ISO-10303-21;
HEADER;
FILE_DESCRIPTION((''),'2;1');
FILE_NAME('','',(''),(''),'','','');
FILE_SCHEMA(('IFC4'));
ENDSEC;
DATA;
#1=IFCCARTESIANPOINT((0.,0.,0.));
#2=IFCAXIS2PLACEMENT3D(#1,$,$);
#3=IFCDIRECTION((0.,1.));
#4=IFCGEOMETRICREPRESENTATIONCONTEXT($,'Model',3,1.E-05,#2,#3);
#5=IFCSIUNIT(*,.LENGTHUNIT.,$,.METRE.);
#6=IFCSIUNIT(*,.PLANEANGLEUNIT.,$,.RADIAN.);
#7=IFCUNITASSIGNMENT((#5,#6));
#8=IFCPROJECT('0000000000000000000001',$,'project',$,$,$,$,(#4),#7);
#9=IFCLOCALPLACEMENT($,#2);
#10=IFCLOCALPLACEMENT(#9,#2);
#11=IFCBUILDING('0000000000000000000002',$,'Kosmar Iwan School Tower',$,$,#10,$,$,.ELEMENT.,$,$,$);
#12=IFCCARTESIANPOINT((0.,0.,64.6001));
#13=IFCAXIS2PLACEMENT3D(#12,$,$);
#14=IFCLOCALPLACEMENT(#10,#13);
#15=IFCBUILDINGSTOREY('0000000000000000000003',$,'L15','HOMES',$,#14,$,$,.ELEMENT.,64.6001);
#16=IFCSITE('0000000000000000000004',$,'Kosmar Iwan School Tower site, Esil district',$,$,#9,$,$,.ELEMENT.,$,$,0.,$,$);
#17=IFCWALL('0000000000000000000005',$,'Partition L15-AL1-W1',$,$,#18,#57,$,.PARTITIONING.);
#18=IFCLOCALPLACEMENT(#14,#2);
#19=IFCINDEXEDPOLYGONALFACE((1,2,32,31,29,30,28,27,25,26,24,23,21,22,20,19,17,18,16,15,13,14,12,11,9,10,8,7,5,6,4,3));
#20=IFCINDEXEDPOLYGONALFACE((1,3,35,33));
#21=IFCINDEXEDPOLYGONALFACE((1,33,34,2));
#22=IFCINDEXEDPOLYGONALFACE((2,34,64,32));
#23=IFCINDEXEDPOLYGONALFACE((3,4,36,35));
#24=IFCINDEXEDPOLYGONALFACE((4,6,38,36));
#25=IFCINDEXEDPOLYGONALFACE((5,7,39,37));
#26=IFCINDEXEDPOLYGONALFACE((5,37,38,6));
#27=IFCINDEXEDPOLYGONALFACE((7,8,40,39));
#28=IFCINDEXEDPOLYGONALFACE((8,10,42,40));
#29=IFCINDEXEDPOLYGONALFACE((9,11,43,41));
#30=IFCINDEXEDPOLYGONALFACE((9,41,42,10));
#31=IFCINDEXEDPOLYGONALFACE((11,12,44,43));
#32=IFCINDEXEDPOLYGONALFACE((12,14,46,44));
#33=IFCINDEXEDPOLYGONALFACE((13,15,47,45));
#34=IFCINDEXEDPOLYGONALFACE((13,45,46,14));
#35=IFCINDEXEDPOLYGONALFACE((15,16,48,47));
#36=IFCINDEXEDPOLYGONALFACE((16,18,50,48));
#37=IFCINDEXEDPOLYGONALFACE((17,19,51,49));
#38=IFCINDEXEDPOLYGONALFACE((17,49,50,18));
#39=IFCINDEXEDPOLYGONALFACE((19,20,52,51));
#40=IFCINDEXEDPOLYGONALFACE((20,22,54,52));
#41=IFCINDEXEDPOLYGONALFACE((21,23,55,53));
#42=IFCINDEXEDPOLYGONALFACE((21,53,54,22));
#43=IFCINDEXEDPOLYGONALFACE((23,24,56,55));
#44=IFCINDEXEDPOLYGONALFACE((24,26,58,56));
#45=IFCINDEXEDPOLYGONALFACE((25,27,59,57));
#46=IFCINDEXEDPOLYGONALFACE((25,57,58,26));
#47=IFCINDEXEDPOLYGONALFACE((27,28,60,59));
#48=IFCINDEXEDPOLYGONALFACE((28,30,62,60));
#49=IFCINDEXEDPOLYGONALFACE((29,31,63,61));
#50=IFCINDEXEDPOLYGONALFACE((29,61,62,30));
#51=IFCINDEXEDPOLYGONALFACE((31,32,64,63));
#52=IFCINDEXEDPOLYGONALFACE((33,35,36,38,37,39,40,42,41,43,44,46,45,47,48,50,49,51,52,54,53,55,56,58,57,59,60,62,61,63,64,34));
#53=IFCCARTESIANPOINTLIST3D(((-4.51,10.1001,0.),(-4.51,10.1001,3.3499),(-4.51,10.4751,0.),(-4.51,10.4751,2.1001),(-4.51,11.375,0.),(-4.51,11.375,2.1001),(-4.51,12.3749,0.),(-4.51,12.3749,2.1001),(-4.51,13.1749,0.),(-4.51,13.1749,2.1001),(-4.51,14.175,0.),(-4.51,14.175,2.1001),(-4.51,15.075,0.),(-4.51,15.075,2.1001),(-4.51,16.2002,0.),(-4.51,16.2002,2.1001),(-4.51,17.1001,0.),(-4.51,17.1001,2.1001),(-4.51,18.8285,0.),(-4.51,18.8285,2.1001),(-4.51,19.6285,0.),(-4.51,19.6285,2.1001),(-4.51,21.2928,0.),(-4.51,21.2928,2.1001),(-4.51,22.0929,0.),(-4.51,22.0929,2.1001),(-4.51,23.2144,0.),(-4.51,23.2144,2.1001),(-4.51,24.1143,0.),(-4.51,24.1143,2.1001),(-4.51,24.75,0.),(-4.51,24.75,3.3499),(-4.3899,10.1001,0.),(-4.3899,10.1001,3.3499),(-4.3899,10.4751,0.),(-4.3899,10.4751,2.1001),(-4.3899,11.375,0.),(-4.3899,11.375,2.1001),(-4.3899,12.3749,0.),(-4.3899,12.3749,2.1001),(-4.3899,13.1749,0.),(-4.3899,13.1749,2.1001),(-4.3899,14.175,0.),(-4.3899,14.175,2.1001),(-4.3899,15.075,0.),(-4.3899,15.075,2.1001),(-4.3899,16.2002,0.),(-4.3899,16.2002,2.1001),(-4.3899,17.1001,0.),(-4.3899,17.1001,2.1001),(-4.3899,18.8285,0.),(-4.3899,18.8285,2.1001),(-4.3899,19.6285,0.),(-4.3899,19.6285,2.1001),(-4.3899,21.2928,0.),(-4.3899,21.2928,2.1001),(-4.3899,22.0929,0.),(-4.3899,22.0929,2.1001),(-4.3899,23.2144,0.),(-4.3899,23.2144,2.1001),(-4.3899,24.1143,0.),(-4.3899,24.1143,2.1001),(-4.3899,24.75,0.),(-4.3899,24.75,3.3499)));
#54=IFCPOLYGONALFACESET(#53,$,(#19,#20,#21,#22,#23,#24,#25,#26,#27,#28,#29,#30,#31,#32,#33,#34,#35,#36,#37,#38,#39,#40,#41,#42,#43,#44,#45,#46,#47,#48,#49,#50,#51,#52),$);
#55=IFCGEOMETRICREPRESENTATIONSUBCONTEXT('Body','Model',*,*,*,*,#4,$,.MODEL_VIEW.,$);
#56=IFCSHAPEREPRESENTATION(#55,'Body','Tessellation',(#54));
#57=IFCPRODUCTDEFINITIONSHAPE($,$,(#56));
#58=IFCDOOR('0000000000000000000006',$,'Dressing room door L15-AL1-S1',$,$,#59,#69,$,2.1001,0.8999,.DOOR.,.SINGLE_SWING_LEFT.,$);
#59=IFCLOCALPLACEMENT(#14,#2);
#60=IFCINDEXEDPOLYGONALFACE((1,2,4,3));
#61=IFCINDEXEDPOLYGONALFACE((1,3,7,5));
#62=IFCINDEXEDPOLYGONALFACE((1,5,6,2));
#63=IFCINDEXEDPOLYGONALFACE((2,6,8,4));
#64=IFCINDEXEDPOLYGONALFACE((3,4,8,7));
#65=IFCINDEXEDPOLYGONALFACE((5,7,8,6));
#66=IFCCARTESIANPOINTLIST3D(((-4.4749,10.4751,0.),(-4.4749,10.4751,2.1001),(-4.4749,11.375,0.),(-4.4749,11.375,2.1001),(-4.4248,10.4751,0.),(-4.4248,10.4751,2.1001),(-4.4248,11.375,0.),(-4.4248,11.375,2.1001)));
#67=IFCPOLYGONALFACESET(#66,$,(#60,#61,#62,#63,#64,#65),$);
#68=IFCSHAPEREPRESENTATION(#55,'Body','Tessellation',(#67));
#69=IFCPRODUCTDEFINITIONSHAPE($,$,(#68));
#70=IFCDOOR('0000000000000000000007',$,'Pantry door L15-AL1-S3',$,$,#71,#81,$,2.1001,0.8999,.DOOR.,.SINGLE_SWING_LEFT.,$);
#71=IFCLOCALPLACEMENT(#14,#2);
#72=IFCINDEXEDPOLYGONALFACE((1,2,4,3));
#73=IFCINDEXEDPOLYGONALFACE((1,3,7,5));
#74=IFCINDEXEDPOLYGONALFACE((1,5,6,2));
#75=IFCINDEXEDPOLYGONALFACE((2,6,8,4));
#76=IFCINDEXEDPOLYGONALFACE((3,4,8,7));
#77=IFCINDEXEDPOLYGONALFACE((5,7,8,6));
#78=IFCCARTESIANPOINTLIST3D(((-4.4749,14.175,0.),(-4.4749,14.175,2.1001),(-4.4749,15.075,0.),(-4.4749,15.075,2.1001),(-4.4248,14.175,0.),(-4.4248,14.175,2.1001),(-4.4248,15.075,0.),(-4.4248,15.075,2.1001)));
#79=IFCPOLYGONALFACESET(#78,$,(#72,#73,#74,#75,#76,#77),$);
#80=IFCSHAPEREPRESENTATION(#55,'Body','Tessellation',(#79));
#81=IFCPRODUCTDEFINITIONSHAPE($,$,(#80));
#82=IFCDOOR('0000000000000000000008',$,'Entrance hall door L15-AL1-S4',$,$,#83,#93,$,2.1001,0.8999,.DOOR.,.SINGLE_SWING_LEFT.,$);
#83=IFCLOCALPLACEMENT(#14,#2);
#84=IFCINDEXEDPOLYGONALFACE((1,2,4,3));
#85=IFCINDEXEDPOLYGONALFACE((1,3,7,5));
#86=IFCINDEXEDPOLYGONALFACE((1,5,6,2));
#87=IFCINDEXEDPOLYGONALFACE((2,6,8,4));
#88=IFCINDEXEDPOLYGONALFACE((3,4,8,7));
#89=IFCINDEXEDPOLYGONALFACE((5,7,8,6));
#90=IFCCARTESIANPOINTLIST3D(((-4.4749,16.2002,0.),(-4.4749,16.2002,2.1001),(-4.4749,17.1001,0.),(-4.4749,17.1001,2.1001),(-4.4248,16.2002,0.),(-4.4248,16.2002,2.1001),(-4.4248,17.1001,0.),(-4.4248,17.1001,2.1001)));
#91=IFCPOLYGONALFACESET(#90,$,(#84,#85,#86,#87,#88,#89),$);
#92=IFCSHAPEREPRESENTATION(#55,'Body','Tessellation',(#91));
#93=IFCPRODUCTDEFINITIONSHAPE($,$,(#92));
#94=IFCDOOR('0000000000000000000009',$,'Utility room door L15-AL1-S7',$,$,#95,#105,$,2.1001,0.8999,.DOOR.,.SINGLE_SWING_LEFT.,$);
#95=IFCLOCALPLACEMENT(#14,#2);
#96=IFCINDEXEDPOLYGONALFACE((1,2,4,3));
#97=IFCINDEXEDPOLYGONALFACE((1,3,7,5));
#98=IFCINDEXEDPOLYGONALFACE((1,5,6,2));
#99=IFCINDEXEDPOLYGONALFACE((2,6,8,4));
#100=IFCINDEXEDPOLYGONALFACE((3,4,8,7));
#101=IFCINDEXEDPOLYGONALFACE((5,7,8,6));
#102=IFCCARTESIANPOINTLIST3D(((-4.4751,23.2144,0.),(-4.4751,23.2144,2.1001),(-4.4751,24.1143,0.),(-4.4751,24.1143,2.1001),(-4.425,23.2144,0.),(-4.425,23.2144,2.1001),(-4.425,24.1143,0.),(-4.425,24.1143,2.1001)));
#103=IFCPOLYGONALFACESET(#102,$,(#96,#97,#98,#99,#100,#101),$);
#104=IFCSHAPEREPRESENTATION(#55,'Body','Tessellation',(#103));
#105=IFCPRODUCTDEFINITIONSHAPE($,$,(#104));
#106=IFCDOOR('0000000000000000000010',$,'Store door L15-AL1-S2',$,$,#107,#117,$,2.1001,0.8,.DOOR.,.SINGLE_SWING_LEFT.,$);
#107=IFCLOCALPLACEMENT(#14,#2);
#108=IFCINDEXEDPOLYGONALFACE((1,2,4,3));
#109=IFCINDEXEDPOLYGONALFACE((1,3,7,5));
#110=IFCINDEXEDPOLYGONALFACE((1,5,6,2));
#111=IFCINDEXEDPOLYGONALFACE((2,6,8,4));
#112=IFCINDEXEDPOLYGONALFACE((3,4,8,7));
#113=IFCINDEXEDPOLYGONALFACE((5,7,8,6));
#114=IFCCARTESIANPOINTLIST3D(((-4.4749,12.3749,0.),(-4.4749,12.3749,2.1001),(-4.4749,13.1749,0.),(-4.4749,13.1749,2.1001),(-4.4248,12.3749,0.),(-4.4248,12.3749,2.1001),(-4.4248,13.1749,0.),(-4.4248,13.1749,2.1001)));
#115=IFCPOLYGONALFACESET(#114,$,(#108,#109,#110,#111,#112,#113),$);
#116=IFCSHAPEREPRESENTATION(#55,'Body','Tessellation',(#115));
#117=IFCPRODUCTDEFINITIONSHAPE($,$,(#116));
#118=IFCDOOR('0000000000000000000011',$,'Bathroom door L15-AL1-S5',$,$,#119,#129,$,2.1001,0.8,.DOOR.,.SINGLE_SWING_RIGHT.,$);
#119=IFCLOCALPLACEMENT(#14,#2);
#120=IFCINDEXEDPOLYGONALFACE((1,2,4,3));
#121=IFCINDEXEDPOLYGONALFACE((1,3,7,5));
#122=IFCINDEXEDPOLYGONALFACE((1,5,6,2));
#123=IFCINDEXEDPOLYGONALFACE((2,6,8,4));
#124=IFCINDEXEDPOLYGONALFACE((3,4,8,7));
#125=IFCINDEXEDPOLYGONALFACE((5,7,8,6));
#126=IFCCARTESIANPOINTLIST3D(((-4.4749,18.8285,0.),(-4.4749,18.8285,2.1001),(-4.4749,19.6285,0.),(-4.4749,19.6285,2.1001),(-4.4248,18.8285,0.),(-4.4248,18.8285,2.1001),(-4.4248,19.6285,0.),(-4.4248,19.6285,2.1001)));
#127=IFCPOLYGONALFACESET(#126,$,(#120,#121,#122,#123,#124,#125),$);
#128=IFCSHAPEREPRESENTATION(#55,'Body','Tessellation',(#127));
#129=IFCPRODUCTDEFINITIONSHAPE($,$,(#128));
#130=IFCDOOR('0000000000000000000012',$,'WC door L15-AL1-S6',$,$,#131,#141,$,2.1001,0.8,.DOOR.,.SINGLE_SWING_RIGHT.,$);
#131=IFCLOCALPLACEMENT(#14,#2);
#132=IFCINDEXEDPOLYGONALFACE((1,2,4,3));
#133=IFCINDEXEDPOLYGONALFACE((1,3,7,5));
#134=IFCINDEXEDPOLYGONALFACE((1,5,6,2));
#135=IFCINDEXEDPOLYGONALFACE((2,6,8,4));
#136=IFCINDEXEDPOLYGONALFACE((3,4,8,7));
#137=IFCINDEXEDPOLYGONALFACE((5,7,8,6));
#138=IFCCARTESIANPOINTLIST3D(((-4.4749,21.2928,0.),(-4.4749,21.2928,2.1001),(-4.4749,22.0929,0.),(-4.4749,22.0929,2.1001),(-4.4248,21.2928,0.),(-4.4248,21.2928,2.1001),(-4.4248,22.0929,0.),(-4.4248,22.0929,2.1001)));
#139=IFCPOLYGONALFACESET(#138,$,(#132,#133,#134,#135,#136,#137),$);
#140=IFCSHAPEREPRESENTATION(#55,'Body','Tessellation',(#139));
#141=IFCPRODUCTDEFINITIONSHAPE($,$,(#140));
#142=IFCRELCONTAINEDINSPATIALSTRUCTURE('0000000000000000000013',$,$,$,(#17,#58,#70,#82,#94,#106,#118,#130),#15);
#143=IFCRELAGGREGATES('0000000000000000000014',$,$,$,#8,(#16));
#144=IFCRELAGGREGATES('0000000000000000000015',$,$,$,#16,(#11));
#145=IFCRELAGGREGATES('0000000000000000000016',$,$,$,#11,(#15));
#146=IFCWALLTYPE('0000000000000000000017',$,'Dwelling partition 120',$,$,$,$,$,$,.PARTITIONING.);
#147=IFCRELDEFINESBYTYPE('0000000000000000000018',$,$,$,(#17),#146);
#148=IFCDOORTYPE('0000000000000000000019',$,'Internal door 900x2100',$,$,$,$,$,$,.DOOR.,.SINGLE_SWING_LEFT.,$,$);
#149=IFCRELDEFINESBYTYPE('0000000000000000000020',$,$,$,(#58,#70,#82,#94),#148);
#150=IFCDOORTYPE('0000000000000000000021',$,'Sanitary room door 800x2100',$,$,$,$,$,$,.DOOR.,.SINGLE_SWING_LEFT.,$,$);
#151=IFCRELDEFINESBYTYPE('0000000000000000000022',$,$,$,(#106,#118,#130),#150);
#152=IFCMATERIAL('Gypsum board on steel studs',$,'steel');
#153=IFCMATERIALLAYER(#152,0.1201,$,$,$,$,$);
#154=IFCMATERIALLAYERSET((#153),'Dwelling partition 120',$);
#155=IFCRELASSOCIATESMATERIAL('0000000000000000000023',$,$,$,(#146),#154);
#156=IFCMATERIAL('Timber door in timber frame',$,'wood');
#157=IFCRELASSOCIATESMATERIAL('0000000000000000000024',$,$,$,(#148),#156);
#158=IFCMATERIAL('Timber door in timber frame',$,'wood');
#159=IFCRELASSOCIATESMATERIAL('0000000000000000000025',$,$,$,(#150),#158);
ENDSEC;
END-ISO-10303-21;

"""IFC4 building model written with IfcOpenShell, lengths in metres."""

from ifc_helpers import new_model, si_unit, direction, frame, frame_2d, origin, place, context, subcontext, project, spatial, rectangle, extrude, material, layer, layer_set, type_object, element, fill, save


model = new_model("IFC4")

# Units and contexts
model_context = context("Model", 3, precision=1e-05, world=origin(), true_north=direction((0.0, 1.0)))
body_context = subcontext(model_context, "Body", "Model", "MODEL_VIEW")
ifc_project = project(units=[si_unit("LENGTHUNIT", "METRE"), si_unit("PLANEANGLEUNIT", "RADIAN")], contexts=[model_context])

# Site, building, storey
site_placement = place(None, origin())
site = spatial("IfcSite", under=ifc_project, at=site_placement, Name="Kosmar Iwan School Tower site, Esil district", CompositionType="ELEMENT", RefElevation=0.0)
building_placement = place(site_placement, origin())
building = spatial("IfcBuilding", under=site, at=building_placement, Name="Kosmar Iwan School Tower", CompositionType="ELEMENT")
storey_placement = place(building_placement, frame((0.0, 0.0, 64.6001)))
storey = spatial("IfcBuildingStorey", under=building, at=storey_placement, Name="L15", Description="HOMES", CompositionType="ELEMENT", Elevation=64.6001)

# Wall, openings, doors
ifc_material_1 = material(Name="Gypsum board on steel studs", Category="steel")
ifc_layer_1 = layer(ifc_material_1, 0.1201)
ifc_layer_set_1 = layer_set([ifc_layer_1], Name="Dwelling partition 120")
wall_type_1 = type_object("IfcWallType", Name="Dwelling partition 120", PredefinedType="PARTITIONING", material=ifc_layer_set_1)
wall_1_placement = place(storey_placement, frame((-4.45, 10.1001, 0.0), z_axis=(0.0, 0.0, 1.0), x_axis=(0.0, 1.0, 0.0)))
wall_1 = element("IfcWall", 1, at=wall_1_placement, inside=storey, type_object=wall_type_1, Name="Partition L15-AL1-W1", PredefinedType="PARTITIONING", context=body_context, shape_type="SweptSolid", body=[
    extrude(rectangle(XDim=14.6499, YDim=0.1201, at=frame_2d((7.325, 0.0))), origin(), (0.0, 0.0, 1.0), 3.3499),
])
opening_1_placement = place(wall_1_placement, frame((0.375, 0.0, 0.0)))
opening_1 = element("IfcOpeningElement", 2, at=opening_1_placement, cuts=wall_1, PredefinedType="OPENING", context=body_context, shape_type="SweptSolid", body=[
    extrude(rectangle(XDim=0.8999, YDim=2.1001, at=frame_2d((0.45, 1.05))), frame((0.0, 0.072, 0.0), z_axis=(0.0, -1.0, 0.0), x_axis=(1.0, 0.0, 0.0)), (0.0, 0.0, 1.0), 0.144),
])
opening_2_placement = place(wall_1_placement, frame((2.2749, 0.0, 0.0)))
opening_2 = element("IfcOpeningElement", 3, at=opening_2_placement, cuts=wall_1, PredefinedType="OPENING", context=body_context, shape_type="SweptSolid", body=[
    extrude(rectangle(XDim=0.8, YDim=2.1001, at=frame_2d((0.3999, 1.05))), frame((0.0, 0.072, 0.0), z_axis=(0.0, -1.0, 0.0), x_axis=(1.0, 0.0, 0.0)), (0.0, 0.0, 1.0), 0.144),
])
opening_3_placement = place(wall_1_placement, frame((4.075, 0.0, 0.0)))
opening_3 = element("IfcOpeningElement", 4, at=opening_3_placement, cuts=wall_1, PredefinedType="OPENING", context=body_context, shape_type="SweptSolid", body=[
    extrude(rectangle(XDim=0.8999, YDim=2.1001, at=frame_2d((0.45, 1.05))), frame((0.0, 0.072, 0.0), z_axis=(0.0, -1.0, 0.0), x_axis=(1.0, 0.0, 0.0)), (0.0, 0.0, 1.0), 0.144),
])
opening_4_placement = place(wall_1_placement, frame((6.1001, 0.0, 0.0)))
opening_4 = element("IfcOpeningElement", 5, at=opening_4_placement, cuts=wall_1, PredefinedType="OPENING", context=body_context, shape_type="SweptSolid", body=[
    extrude(rectangle(XDim=0.8999, YDim=2.1001, at=frame_2d((0.45, 1.05))), frame((0.0, 0.072, 0.0), z_axis=(0.0, -1.0, 0.0), x_axis=(1.0, 0.0, 0.0)), (0.0, 0.0, 1.0), 0.144),
])
opening_5_placement = place(wall_1_placement, frame((8.7285, 0.0, 0.0)))
opening_5 = element("IfcOpeningElement", 6, at=opening_5_placement, cuts=wall_1, PredefinedType="OPENING", context=body_context, shape_type="SweptSolid", body=[
    extrude(rectangle(XDim=0.8, YDim=2.1001, at=frame_2d((0.3999, 1.05))), frame((0.0, 0.072, 0.0), z_axis=(0.0, -1.0, 0.0), x_axis=(1.0, 0.0, 0.0)), (0.0, 0.0, 1.0), 0.144),
])
opening_6_placement = place(wall_1_placement, frame((11.1929, 0.0, 0.0)))
opening_6 = element("IfcOpeningElement", 7, at=opening_6_placement, cuts=wall_1, PredefinedType="OPENING", context=body_context, shape_type="SweptSolid", body=[
    extrude(rectangle(XDim=0.8, YDim=2.1001, at=frame_2d((0.3999, 1.05))), frame((0.0, 0.072, 0.0), z_axis=(0.0, -1.0, 0.0), x_axis=(1.0, 0.0, 0.0)), (0.0, 0.0, 1.0), 0.144),
])
opening_7_placement = place(wall_1_placement, frame((13.1143, 0.0, 0.0)))
opening_7 = element("IfcOpeningElement", 8, at=opening_7_placement, cuts=wall_1, PredefinedType="OPENING", context=body_context, shape_type="SweptSolid", body=[
    extrude(rectangle(XDim=0.8999, YDim=2.1001, at=frame_2d((0.45, 1.05))), frame((0.0, 0.072, 0.0), z_axis=(0.0, -1.0, 0.0), x_axis=(1.0, 0.0, 0.0)), (0.0, 0.0, 1.0), 0.144),
])
ifc_material_2 = material(Name="Timber door in timber frame", Category="wood")
door_type_1 = type_object("IfcDoorType", Name="Internal door 900x2100", OperationType="SINGLE_SWING_LEFT", PredefinedType="DOOR", material=ifc_material_2)
door_1_placement = place(opening_1_placement, origin())
door_1 = element("IfcDoor", 9, at=door_1_placement, inside=storey, type_object=door_type_1, Name="Dressing room door L15-AL1-S1", OperationType="SINGLE_SWING_LEFT", OverallHeight=2.1001, OverallWidth=0.8999, PredefinedType="DOOR", context=body_context, shape_type="SweptSolid", body=[
    extrude(rectangle(XDim=0.8999, YDim=2.1001, at=frame_2d((0.45, 1.05))), frame((0.0, 0.0249, 0.0), z_axis=(0.0, -1.0, 0.0), x_axis=(1.0, 0.0, 0.0)), (0.0, 0.0, 1.0), 0.05),
])
fill(opening_1, door_1)
door_2_placement = place(opening_3_placement, origin())
door_2 = element("IfcDoor", 10, at=door_2_placement, inside=storey, type_object=door_type_1, Name="Pantry door L15-AL1-S3", OperationType="SINGLE_SWING_LEFT", OverallHeight=2.1001, OverallWidth=0.8999, PredefinedType="DOOR", context=body_context, shape_type="SweptSolid", body=[
    extrude(rectangle(XDim=0.8999, YDim=2.1001, at=frame_2d((0.45, 1.05))), frame((0.0, 0.0249, 0.0), z_axis=(0.0, -1.0, 0.0), x_axis=(1.0, 0.0, 0.0)), (0.0, 0.0, 1.0), 0.05),
])
fill(opening_3, door_2)
door_3_placement = place(opening_4_placement, origin())
door_3 = element("IfcDoor", 11, at=door_3_placement, inside=storey, type_object=door_type_1, Name="Entrance hall door L15-AL1-S4", OperationType="SINGLE_SWING_LEFT", OverallHeight=2.1001, OverallWidth=0.8999, PredefinedType="DOOR", context=body_context, shape_type="SweptSolid", body=[
    extrude(rectangle(XDim=0.8999, YDim=2.1001, at=frame_2d((0.45, 1.05))), frame((0.0, 0.0249, 0.0), z_axis=(0.0, -1.0, 0.0), x_axis=(1.0, 0.0, 0.0)), (0.0, 0.0, 1.0), 0.05),
])
fill(opening_4, door_3)
door_4_placement = place(opening_7_placement, frame((0.8999, 0.0, 0.0), z_axis=(0.0, 0.0, 1.0), x_axis=(-1.0, 0.0, 0.0)))
door_4 = element("IfcDoor", 12, at=door_4_placement, inside=storey, type_object=door_type_1, Name="Utility room door L15-AL1-S7", OperationType="SINGLE_SWING_LEFT", OverallHeight=2.1001, OverallWidth=0.8999, PredefinedType="DOOR", context=body_context, shape_type="SweptSolid", body=[
    extrude(rectangle(XDim=0.8999, YDim=2.1001, at=frame_2d((0.45, 1.05))), frame((0.0, 0.0249, 0.0), z_axis=(0.0, -1.0, 0.0), x_axis=(1.0, 0.0, 0.0)), (0.0, 0.0, 1.0), 0.05),
])
fill(opening_7, door_4)
ifc_material_3 = material(Name="Timber door in timber frame", Category="wood")
door_type_2 = type_object("IfcDoorType", Name="Sanitary room door 800x2100", OperationType="SINGLE_SWING_LEFT", PredefinedType="DOOR", material=ifc_material_3)
door_5_placement = place(opening_2_placement, origin())
door_5 = element("IfcDoor", 13, at=door_5_placement, inside=storey, type_object=door_type_2, Name="Store door L15-AL1-S2", OperationType="SINGLE_SWING_LEFT", OverallHeight=2.1001, OverallWidth=0.8, PredefinedType="DOOR", context=body_context, shape_type="SweptSolid", body=[
    extrude(rectangle(XDim=0.8, YDim=2.1001, at=frame_2d((0.3999, 1.05))), frame((0.0, 0.0249, 0.0), z_axis=(0.0, -1.0, 0.0), x_axis=(1.0, 0.0, 0.0)), (0.0, 0.0, 1.0), 0.05),
])
fill(opening_2, door_5)
door_6_placement = place(opening_5_placement, origin())
door_6 = element("IfcDoor", 14, at=door_6_placement, inside=storey, type_object=door_type_2, Name="Bathroom door L15-AL1-S5", OperationType="SINGLE_SWING_RIGHT", OverallHeight=2.1001, OverallWidth=0.8, PredefinedType="DOOR", context=body_context, shape_type="SweptSolid", body=[
    extrude(rectangle(XDim=0.8, YDim=2.1001, at=frame_2d((0.3999, 1.05))), frame((0.0, 0.0249, 0.0), z_axis=(0.0, -1.0, 0.0), x_axis=(1.0, 0.0, 0.0)), (0.0, 0.0, 1.0), 0.05),
])
fill(opening_5, door_6)
door_7_placement = place(opening_6_placement, origin())
door_7 = element("IfcDoor", 15, at=door_7_placement, inside=storey, type_object=door_type_2, Name="WC door L15-AL1-S6", OperationType="SINGLE_SWING_RIGHT", OverallHeight=2.1001, OverallWidth=0.8, PredefinedType="DOOR", context=body_context, shape_type="SweptSolid", body=[
    extrude(rectangle(XDim=0.8, YDim=2.1001, at=frame_2d((0.3999, 1.05))), frame((0.0, 0.0249, 0.0), z_axis=(0.0, -1.0, 0.0), x_axis=(1.0, 0.0, 0.0)), (0.0, 0.0, 1.0), 0.05),
])
fill(opening_6, door_7)

save(model, "model.ifc")
